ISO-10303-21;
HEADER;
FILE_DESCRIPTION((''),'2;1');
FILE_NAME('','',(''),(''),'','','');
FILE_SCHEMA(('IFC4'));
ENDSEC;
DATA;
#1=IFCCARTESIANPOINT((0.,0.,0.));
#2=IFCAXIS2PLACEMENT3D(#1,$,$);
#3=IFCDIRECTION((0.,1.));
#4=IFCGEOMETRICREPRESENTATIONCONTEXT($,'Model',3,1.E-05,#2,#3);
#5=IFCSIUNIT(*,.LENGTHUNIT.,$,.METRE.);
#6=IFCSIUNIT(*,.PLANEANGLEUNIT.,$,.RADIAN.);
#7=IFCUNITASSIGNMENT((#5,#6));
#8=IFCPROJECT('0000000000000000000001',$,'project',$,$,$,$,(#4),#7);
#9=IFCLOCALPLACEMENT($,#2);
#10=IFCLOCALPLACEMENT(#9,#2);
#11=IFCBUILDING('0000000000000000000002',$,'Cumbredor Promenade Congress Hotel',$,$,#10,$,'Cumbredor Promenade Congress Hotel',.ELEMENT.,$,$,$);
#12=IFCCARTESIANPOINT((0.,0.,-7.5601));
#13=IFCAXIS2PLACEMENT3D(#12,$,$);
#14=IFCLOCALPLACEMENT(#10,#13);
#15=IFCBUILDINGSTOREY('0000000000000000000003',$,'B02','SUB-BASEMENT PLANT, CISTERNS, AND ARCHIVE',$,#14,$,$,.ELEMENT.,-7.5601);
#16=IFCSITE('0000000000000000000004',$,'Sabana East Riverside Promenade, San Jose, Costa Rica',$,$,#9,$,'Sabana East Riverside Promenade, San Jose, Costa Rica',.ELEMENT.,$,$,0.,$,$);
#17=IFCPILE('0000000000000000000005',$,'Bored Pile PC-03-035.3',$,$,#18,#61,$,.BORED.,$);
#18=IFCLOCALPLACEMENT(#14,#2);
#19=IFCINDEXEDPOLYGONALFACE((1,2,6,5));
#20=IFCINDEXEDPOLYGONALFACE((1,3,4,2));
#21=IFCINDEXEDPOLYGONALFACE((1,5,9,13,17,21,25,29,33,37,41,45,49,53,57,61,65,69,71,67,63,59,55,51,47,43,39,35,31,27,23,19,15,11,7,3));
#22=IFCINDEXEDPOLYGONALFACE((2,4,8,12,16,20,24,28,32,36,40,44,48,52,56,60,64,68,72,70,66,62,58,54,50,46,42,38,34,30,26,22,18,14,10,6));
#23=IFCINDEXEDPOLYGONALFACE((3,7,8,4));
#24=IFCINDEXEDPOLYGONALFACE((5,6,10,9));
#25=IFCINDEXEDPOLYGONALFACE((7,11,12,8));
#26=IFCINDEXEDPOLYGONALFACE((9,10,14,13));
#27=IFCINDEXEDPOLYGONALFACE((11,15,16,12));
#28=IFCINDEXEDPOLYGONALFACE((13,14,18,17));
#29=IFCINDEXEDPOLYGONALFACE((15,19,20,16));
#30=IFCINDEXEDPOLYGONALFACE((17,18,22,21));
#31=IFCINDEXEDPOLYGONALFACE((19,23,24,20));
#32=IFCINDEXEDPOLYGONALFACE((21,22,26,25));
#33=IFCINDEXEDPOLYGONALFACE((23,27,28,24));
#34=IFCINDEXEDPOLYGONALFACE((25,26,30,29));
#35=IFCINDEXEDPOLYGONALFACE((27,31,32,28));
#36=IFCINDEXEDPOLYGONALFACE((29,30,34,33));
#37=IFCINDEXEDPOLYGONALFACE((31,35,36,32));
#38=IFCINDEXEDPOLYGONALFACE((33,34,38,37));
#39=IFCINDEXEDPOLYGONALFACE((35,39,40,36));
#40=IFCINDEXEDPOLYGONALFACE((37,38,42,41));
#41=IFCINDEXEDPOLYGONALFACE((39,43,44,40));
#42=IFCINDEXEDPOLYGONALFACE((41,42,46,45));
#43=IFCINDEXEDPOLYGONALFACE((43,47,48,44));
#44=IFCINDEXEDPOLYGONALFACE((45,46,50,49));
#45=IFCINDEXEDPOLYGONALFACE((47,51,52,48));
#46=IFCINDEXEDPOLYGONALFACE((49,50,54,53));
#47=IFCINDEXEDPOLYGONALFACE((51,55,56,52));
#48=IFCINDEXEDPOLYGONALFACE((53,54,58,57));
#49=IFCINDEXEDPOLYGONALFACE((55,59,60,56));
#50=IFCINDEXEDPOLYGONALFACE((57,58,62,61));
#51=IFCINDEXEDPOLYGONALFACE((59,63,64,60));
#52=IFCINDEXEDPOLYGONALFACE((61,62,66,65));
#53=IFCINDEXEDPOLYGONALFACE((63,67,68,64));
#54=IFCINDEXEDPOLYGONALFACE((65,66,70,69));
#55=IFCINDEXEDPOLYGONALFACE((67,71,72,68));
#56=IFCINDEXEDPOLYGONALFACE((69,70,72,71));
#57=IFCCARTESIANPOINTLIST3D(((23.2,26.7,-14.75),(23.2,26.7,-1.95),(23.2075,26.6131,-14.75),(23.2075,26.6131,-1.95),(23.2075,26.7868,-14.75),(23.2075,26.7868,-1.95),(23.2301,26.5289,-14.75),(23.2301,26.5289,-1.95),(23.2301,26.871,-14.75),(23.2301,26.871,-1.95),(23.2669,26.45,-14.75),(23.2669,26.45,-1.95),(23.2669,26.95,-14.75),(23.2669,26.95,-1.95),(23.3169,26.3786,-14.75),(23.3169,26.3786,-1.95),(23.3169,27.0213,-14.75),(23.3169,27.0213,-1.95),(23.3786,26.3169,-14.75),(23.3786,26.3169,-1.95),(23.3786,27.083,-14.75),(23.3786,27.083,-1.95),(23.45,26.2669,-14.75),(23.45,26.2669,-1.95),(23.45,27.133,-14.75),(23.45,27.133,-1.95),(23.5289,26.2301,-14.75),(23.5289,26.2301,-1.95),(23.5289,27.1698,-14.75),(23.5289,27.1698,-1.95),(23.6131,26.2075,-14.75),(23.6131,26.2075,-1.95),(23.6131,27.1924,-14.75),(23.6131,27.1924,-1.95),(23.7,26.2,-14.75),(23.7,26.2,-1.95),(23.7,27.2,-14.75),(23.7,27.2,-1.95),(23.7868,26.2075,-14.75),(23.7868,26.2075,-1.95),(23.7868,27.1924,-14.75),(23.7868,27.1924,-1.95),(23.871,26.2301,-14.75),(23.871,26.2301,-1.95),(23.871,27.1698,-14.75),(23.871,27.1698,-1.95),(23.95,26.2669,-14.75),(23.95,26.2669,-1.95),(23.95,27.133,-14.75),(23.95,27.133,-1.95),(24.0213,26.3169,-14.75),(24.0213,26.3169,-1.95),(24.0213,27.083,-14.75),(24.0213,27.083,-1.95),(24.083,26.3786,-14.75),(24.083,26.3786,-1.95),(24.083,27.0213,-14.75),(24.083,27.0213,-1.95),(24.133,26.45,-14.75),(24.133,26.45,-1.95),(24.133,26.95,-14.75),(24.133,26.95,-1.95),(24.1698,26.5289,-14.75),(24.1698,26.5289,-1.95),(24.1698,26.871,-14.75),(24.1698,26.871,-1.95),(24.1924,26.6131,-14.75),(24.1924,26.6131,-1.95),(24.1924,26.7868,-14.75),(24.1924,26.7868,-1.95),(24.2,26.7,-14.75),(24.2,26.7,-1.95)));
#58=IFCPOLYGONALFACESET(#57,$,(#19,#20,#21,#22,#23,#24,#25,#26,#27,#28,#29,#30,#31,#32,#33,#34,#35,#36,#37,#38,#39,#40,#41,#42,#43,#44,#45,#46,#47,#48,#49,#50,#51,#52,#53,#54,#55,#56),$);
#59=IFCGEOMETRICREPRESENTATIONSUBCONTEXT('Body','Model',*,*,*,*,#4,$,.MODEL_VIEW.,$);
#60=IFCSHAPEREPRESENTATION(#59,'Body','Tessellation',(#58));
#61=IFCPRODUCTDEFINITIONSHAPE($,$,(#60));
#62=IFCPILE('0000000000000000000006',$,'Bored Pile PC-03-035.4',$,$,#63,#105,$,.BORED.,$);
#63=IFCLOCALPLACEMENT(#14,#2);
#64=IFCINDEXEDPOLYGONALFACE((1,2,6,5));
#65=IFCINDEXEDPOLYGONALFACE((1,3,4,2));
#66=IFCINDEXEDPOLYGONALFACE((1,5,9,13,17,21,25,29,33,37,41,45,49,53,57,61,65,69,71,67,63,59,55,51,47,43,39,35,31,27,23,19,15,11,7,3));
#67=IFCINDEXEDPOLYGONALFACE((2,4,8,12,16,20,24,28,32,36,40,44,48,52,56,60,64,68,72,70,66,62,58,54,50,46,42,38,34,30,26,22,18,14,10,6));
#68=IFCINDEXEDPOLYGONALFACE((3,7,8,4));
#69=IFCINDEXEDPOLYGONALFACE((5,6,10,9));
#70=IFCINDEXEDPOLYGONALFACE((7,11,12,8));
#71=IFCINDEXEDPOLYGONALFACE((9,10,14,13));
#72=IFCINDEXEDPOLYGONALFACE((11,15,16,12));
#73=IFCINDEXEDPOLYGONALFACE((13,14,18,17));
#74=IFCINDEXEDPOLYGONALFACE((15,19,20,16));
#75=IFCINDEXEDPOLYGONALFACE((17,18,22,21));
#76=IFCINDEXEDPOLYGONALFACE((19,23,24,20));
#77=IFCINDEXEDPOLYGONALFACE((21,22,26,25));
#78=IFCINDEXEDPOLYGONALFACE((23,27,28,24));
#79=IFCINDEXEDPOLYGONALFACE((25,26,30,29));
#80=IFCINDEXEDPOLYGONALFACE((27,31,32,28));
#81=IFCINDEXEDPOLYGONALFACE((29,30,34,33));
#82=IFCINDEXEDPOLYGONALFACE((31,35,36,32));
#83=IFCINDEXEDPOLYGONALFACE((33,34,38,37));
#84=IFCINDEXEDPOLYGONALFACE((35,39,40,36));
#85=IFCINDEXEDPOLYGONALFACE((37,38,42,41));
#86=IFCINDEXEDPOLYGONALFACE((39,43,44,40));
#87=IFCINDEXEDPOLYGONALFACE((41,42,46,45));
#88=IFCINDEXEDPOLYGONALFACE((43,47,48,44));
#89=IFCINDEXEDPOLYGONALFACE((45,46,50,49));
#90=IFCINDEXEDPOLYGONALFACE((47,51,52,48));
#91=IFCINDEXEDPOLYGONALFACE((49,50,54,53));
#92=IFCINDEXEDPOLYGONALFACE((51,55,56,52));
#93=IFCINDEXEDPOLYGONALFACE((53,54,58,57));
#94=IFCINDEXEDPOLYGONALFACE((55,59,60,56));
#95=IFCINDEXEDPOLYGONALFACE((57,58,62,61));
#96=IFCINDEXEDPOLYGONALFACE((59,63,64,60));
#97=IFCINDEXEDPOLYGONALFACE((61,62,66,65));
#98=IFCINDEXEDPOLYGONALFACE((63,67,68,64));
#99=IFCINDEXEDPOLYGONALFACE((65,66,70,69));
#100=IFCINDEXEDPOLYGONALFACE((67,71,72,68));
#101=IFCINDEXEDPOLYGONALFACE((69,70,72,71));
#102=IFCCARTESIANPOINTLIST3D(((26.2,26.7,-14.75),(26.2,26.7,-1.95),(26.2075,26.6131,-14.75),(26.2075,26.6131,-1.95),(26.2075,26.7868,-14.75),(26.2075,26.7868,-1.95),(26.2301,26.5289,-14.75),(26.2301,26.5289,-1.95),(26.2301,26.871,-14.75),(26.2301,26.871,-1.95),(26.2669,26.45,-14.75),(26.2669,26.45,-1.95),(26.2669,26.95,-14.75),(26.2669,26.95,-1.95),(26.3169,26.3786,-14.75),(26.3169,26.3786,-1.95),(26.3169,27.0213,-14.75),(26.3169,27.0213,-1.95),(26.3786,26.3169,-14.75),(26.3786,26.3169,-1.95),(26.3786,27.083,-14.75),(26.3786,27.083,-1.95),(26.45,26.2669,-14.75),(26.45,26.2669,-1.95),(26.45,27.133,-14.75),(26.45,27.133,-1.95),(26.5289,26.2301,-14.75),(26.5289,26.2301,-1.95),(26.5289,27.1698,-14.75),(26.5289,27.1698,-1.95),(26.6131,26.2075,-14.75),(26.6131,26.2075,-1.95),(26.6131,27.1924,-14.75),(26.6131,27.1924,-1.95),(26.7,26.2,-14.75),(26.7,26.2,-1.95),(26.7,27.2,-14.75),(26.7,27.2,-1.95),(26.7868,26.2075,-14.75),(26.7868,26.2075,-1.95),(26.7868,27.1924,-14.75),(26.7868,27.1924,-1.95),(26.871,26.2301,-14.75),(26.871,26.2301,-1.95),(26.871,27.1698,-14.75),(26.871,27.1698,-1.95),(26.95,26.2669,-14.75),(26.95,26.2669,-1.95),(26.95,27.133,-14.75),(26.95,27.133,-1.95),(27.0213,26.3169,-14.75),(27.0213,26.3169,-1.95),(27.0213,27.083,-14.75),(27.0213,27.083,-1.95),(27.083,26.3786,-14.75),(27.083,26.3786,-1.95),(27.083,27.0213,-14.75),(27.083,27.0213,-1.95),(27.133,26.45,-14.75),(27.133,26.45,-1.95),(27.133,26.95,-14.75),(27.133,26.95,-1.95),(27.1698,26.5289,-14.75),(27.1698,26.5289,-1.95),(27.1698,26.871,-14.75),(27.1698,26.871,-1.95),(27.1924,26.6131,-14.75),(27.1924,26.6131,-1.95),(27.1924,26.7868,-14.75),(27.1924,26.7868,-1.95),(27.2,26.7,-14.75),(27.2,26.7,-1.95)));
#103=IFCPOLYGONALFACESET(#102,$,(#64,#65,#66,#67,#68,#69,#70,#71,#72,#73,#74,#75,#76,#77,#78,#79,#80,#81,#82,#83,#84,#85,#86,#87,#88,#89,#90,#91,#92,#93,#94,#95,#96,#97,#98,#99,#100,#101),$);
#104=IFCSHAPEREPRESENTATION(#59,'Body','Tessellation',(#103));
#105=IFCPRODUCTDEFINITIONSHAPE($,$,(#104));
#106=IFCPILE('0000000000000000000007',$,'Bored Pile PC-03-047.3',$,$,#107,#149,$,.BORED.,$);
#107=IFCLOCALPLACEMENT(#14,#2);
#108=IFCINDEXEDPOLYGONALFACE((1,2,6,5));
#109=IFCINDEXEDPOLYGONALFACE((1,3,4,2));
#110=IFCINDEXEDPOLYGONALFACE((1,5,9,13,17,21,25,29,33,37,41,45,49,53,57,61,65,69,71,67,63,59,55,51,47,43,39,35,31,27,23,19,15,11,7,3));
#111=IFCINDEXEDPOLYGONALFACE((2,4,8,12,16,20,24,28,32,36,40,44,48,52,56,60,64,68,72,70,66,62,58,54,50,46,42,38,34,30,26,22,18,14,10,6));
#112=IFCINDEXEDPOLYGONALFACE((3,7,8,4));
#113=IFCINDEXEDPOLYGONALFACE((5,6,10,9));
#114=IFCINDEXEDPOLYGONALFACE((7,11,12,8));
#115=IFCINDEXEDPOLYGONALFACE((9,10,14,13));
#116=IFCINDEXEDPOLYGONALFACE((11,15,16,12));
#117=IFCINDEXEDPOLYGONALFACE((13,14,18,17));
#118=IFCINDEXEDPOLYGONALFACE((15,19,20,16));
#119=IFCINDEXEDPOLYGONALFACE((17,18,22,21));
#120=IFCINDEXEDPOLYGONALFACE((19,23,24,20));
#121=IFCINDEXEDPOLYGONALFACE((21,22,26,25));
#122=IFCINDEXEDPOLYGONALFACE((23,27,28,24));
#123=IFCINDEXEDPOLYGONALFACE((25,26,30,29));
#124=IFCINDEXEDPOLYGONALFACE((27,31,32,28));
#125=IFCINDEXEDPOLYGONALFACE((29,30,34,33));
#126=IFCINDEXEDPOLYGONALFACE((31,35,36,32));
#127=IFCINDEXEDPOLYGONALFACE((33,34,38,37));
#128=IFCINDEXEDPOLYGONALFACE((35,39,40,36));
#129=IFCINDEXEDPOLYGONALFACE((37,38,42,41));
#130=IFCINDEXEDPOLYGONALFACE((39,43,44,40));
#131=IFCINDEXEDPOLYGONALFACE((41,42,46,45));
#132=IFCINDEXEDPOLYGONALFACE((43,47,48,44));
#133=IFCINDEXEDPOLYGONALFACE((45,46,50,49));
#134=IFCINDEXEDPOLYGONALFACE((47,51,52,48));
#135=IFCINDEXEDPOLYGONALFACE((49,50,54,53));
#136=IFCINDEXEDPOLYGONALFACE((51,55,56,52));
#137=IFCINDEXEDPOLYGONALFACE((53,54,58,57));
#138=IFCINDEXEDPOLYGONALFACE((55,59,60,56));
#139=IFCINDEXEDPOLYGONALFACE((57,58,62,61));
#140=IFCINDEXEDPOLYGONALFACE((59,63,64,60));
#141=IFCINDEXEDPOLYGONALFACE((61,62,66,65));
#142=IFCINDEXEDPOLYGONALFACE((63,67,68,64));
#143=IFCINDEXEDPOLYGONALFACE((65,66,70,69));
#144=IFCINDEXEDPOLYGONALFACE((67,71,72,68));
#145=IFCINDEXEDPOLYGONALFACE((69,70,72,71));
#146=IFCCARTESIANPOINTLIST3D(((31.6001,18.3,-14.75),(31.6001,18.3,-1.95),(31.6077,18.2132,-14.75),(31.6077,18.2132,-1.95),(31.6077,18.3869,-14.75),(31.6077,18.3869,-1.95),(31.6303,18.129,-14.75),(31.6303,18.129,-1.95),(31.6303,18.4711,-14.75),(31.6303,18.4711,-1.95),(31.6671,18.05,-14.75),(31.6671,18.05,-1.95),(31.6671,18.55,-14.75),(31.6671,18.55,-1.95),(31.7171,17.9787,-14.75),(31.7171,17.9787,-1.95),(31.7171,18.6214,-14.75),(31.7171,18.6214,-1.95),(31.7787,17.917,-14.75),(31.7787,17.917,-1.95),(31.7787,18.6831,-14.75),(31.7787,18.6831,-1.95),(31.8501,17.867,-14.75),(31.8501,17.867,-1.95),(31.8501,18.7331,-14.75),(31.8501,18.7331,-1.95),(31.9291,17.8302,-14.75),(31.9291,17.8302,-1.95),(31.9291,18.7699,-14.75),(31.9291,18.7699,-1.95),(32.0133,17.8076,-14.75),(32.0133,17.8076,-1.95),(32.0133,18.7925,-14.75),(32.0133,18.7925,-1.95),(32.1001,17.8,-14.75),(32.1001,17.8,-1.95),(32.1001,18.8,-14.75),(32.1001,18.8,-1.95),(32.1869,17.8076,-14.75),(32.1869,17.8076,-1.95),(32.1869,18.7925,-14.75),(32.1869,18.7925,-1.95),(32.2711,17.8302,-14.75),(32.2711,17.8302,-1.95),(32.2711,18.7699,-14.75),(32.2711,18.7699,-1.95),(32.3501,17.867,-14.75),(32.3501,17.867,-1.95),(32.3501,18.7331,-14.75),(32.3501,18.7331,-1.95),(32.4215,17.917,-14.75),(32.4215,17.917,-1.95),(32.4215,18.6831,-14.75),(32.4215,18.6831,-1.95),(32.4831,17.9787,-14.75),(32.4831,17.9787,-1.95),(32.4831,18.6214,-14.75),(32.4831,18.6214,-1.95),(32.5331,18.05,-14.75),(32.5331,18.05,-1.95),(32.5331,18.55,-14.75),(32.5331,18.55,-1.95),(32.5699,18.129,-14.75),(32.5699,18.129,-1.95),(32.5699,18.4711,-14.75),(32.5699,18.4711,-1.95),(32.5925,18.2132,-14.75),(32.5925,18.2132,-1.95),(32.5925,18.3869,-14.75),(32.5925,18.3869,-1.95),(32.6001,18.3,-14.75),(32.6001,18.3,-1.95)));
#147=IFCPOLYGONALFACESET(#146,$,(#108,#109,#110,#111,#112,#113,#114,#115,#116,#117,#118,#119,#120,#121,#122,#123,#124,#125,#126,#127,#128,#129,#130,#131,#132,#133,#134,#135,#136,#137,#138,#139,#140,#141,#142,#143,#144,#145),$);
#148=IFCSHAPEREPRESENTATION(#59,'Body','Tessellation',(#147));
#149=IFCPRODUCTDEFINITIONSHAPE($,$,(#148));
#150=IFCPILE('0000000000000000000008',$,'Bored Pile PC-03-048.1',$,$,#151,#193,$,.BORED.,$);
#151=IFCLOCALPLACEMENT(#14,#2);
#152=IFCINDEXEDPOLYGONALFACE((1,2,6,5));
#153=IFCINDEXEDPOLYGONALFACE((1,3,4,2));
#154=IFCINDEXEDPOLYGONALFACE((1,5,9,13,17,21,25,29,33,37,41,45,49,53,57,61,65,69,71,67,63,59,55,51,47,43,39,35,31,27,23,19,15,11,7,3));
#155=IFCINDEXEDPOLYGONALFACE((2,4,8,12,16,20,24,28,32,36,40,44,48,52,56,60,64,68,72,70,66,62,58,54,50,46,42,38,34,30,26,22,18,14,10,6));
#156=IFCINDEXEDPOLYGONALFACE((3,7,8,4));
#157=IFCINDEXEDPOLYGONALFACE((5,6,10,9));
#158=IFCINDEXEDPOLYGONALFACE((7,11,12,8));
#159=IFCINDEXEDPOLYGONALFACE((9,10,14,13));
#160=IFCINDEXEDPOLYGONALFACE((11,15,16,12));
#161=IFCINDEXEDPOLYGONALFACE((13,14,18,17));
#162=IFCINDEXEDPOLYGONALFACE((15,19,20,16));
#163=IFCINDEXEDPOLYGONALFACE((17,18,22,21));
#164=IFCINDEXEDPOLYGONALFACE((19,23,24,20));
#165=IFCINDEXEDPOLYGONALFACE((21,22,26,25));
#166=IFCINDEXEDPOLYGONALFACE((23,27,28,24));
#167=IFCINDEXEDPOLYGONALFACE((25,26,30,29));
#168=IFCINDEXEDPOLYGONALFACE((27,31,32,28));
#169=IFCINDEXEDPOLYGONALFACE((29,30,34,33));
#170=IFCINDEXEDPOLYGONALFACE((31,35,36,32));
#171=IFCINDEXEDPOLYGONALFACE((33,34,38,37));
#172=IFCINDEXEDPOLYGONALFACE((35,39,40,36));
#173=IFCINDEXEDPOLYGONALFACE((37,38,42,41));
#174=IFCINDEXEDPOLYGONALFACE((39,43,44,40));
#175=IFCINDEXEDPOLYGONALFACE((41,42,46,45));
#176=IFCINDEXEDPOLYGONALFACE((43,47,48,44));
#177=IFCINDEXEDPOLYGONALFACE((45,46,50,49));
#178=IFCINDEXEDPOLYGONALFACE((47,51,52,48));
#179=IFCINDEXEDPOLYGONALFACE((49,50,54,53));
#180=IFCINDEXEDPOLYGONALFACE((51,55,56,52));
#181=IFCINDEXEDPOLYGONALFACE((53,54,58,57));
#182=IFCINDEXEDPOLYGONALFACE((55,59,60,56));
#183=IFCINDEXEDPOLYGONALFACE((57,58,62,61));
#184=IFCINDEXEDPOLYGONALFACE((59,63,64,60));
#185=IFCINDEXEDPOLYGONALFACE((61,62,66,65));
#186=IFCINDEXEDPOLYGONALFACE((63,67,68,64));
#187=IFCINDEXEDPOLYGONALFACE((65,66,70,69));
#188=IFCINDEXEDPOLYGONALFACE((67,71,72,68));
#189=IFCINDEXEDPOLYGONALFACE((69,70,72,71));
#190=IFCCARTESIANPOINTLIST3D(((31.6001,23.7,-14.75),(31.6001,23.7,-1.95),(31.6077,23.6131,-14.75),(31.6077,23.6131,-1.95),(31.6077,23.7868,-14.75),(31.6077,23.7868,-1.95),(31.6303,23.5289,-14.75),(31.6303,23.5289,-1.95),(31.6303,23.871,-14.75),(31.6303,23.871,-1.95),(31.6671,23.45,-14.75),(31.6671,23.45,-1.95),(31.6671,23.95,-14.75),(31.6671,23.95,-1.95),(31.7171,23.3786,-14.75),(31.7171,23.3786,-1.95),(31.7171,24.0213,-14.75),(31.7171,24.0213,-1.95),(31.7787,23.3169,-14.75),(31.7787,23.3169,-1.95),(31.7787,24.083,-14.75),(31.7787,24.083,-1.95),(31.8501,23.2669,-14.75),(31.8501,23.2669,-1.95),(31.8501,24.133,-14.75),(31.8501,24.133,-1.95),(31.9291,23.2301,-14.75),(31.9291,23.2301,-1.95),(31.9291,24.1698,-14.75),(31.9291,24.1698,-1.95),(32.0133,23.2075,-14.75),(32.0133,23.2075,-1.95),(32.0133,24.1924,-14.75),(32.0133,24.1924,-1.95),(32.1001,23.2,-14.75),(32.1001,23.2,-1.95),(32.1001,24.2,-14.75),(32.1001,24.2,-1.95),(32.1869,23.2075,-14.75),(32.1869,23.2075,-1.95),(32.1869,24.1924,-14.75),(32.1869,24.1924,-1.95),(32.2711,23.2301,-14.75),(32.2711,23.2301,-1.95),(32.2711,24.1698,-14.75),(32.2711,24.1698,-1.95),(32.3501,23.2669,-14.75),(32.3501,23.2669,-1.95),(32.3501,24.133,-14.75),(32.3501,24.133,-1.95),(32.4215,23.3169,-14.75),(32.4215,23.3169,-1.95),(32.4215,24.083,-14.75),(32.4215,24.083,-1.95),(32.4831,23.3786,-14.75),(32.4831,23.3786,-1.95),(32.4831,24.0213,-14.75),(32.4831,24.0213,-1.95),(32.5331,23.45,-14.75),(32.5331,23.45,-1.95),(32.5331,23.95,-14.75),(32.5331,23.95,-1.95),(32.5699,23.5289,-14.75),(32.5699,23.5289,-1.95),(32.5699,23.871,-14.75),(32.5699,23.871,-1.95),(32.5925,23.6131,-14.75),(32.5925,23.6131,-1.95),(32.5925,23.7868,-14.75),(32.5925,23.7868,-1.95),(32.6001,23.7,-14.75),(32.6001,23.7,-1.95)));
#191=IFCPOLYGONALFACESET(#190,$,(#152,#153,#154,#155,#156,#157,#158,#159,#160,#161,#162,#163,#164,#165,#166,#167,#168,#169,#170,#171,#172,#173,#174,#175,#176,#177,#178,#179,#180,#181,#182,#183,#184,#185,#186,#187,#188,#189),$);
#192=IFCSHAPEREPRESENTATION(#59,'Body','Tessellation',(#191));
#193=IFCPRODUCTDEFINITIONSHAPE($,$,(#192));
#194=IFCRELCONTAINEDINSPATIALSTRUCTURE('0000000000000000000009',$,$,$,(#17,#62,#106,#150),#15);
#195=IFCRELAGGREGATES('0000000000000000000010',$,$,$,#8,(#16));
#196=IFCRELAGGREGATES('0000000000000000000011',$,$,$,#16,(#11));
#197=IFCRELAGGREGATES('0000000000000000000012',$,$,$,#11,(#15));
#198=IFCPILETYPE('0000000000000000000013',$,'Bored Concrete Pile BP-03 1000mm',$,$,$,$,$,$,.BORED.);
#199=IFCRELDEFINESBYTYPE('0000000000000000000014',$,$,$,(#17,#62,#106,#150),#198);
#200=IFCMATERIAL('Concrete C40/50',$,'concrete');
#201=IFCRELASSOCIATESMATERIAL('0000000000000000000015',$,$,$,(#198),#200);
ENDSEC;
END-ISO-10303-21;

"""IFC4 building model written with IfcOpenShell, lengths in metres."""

from ifc_helpers import new_model, si_unit, direction, frame, origin, origin_2d, place, context, subcontext, project, spatial, circle, extrude, material, material_profile, profile_set, type_object, element, save


model = new_model("IFC4")

# Units and contexts
model_context = context("Model", 3, precision=1e-05, world=origin(), true_north=direction((0.0, 1.0)))
body_context = subcontext(model_context, "Body", "Model", "MODEL_VIEW")
ifc_project = project(units=[si_unit("LENGTHUNIT", "METRE"), si_unit("PLANEANGLEUNIT", "RADIAN")], contexts=[model_context])

# Site, building, storey
site_placement = place(None, origin())
site = spatial("IfcSite", under=ifc_project, at=site_placement, Name="Sabana East Riverside Promenade, San Jose, Costa Rica", LongName="Sabana East Riverside Promenade, San Jose, Costa Rica", CompositionType="ELEMENT", RefElevation=0.0)
building_placement = place(site_placement, origin())
building = spatial("IfcBuilding", under=site, at=building_placement, Name="Cumbredor Promenade Congress Hotel", LongName="Cumbredor Promenade Congress Hotel", CompositionType="ELEMENT")
storey_placement = place(building_placement, frame((0.0, 0.0, -7.5601)))
storey = spatial("IfcBuildingStorey", under=building, at=storey_placement, Name="B02", Description="SUB-BASEMENT PLANT, CISTERNS, AND ARCHIVE", CompositionType="ELEMENT", Elevation=-7.5601)

# Piles
ifc_material_1 = material(Name="Concrete C40/50", Category="concrete")
ifc_material_profile_1 = material_profile(ifc_material_1, circle(Radius=0.5, at=origin_2d()), Name="PILE D1000")
ifc_profile_set_1 = profile_set([ifc_material_profile_1], Name="Concrete C40/50")
pile_type = type_object("IfcPileType", Name="Bored Concrete Pile BP-03 1000mm", PredefinedType="BORED", material=ifc_profile_set_1)
for number, where, z_axis, x_axis, name in (
    (1, (23.7, 26.7, -1.95), (0.0, 0.0, -1.0), (1.0, 0.0, 0.0), "Bored Pile PC-03-035.3"),
    (2, (26.7, 26.7, -1.95), (0.0, 0.0, -1.0), (1.0, 0.0, 0.0), "Bored Pile PC-03-035.4"),
    (3, (32.1001, 18.3, -1.95), (0.0, 0.0, -1.0), (1.0, 0.0, 0.0), "Bored Pile PC-03-047.3"),
    (4, (32.1001, 23.7, -1.95), (0.0, 0.0, -1.0), (1.0, 0.0, 0.0), "Bored Pile PC-03-048.1"),
):
    element("IfcPile", number, at=place(storey_placement, frame(where, z_axis=z_axis, x_axis=x_axis)), inside=storey, type_object=pile_type, Name=name, PredefinedType="BORED", context=body_context, shape_type="SweptSolid", body=[
        extrude(circle(Radius=0.5, at=origin_2d()), origin(), (0.0, 0.0, 1.0), 12.8),
    ])

save(model, "model.ifc")
